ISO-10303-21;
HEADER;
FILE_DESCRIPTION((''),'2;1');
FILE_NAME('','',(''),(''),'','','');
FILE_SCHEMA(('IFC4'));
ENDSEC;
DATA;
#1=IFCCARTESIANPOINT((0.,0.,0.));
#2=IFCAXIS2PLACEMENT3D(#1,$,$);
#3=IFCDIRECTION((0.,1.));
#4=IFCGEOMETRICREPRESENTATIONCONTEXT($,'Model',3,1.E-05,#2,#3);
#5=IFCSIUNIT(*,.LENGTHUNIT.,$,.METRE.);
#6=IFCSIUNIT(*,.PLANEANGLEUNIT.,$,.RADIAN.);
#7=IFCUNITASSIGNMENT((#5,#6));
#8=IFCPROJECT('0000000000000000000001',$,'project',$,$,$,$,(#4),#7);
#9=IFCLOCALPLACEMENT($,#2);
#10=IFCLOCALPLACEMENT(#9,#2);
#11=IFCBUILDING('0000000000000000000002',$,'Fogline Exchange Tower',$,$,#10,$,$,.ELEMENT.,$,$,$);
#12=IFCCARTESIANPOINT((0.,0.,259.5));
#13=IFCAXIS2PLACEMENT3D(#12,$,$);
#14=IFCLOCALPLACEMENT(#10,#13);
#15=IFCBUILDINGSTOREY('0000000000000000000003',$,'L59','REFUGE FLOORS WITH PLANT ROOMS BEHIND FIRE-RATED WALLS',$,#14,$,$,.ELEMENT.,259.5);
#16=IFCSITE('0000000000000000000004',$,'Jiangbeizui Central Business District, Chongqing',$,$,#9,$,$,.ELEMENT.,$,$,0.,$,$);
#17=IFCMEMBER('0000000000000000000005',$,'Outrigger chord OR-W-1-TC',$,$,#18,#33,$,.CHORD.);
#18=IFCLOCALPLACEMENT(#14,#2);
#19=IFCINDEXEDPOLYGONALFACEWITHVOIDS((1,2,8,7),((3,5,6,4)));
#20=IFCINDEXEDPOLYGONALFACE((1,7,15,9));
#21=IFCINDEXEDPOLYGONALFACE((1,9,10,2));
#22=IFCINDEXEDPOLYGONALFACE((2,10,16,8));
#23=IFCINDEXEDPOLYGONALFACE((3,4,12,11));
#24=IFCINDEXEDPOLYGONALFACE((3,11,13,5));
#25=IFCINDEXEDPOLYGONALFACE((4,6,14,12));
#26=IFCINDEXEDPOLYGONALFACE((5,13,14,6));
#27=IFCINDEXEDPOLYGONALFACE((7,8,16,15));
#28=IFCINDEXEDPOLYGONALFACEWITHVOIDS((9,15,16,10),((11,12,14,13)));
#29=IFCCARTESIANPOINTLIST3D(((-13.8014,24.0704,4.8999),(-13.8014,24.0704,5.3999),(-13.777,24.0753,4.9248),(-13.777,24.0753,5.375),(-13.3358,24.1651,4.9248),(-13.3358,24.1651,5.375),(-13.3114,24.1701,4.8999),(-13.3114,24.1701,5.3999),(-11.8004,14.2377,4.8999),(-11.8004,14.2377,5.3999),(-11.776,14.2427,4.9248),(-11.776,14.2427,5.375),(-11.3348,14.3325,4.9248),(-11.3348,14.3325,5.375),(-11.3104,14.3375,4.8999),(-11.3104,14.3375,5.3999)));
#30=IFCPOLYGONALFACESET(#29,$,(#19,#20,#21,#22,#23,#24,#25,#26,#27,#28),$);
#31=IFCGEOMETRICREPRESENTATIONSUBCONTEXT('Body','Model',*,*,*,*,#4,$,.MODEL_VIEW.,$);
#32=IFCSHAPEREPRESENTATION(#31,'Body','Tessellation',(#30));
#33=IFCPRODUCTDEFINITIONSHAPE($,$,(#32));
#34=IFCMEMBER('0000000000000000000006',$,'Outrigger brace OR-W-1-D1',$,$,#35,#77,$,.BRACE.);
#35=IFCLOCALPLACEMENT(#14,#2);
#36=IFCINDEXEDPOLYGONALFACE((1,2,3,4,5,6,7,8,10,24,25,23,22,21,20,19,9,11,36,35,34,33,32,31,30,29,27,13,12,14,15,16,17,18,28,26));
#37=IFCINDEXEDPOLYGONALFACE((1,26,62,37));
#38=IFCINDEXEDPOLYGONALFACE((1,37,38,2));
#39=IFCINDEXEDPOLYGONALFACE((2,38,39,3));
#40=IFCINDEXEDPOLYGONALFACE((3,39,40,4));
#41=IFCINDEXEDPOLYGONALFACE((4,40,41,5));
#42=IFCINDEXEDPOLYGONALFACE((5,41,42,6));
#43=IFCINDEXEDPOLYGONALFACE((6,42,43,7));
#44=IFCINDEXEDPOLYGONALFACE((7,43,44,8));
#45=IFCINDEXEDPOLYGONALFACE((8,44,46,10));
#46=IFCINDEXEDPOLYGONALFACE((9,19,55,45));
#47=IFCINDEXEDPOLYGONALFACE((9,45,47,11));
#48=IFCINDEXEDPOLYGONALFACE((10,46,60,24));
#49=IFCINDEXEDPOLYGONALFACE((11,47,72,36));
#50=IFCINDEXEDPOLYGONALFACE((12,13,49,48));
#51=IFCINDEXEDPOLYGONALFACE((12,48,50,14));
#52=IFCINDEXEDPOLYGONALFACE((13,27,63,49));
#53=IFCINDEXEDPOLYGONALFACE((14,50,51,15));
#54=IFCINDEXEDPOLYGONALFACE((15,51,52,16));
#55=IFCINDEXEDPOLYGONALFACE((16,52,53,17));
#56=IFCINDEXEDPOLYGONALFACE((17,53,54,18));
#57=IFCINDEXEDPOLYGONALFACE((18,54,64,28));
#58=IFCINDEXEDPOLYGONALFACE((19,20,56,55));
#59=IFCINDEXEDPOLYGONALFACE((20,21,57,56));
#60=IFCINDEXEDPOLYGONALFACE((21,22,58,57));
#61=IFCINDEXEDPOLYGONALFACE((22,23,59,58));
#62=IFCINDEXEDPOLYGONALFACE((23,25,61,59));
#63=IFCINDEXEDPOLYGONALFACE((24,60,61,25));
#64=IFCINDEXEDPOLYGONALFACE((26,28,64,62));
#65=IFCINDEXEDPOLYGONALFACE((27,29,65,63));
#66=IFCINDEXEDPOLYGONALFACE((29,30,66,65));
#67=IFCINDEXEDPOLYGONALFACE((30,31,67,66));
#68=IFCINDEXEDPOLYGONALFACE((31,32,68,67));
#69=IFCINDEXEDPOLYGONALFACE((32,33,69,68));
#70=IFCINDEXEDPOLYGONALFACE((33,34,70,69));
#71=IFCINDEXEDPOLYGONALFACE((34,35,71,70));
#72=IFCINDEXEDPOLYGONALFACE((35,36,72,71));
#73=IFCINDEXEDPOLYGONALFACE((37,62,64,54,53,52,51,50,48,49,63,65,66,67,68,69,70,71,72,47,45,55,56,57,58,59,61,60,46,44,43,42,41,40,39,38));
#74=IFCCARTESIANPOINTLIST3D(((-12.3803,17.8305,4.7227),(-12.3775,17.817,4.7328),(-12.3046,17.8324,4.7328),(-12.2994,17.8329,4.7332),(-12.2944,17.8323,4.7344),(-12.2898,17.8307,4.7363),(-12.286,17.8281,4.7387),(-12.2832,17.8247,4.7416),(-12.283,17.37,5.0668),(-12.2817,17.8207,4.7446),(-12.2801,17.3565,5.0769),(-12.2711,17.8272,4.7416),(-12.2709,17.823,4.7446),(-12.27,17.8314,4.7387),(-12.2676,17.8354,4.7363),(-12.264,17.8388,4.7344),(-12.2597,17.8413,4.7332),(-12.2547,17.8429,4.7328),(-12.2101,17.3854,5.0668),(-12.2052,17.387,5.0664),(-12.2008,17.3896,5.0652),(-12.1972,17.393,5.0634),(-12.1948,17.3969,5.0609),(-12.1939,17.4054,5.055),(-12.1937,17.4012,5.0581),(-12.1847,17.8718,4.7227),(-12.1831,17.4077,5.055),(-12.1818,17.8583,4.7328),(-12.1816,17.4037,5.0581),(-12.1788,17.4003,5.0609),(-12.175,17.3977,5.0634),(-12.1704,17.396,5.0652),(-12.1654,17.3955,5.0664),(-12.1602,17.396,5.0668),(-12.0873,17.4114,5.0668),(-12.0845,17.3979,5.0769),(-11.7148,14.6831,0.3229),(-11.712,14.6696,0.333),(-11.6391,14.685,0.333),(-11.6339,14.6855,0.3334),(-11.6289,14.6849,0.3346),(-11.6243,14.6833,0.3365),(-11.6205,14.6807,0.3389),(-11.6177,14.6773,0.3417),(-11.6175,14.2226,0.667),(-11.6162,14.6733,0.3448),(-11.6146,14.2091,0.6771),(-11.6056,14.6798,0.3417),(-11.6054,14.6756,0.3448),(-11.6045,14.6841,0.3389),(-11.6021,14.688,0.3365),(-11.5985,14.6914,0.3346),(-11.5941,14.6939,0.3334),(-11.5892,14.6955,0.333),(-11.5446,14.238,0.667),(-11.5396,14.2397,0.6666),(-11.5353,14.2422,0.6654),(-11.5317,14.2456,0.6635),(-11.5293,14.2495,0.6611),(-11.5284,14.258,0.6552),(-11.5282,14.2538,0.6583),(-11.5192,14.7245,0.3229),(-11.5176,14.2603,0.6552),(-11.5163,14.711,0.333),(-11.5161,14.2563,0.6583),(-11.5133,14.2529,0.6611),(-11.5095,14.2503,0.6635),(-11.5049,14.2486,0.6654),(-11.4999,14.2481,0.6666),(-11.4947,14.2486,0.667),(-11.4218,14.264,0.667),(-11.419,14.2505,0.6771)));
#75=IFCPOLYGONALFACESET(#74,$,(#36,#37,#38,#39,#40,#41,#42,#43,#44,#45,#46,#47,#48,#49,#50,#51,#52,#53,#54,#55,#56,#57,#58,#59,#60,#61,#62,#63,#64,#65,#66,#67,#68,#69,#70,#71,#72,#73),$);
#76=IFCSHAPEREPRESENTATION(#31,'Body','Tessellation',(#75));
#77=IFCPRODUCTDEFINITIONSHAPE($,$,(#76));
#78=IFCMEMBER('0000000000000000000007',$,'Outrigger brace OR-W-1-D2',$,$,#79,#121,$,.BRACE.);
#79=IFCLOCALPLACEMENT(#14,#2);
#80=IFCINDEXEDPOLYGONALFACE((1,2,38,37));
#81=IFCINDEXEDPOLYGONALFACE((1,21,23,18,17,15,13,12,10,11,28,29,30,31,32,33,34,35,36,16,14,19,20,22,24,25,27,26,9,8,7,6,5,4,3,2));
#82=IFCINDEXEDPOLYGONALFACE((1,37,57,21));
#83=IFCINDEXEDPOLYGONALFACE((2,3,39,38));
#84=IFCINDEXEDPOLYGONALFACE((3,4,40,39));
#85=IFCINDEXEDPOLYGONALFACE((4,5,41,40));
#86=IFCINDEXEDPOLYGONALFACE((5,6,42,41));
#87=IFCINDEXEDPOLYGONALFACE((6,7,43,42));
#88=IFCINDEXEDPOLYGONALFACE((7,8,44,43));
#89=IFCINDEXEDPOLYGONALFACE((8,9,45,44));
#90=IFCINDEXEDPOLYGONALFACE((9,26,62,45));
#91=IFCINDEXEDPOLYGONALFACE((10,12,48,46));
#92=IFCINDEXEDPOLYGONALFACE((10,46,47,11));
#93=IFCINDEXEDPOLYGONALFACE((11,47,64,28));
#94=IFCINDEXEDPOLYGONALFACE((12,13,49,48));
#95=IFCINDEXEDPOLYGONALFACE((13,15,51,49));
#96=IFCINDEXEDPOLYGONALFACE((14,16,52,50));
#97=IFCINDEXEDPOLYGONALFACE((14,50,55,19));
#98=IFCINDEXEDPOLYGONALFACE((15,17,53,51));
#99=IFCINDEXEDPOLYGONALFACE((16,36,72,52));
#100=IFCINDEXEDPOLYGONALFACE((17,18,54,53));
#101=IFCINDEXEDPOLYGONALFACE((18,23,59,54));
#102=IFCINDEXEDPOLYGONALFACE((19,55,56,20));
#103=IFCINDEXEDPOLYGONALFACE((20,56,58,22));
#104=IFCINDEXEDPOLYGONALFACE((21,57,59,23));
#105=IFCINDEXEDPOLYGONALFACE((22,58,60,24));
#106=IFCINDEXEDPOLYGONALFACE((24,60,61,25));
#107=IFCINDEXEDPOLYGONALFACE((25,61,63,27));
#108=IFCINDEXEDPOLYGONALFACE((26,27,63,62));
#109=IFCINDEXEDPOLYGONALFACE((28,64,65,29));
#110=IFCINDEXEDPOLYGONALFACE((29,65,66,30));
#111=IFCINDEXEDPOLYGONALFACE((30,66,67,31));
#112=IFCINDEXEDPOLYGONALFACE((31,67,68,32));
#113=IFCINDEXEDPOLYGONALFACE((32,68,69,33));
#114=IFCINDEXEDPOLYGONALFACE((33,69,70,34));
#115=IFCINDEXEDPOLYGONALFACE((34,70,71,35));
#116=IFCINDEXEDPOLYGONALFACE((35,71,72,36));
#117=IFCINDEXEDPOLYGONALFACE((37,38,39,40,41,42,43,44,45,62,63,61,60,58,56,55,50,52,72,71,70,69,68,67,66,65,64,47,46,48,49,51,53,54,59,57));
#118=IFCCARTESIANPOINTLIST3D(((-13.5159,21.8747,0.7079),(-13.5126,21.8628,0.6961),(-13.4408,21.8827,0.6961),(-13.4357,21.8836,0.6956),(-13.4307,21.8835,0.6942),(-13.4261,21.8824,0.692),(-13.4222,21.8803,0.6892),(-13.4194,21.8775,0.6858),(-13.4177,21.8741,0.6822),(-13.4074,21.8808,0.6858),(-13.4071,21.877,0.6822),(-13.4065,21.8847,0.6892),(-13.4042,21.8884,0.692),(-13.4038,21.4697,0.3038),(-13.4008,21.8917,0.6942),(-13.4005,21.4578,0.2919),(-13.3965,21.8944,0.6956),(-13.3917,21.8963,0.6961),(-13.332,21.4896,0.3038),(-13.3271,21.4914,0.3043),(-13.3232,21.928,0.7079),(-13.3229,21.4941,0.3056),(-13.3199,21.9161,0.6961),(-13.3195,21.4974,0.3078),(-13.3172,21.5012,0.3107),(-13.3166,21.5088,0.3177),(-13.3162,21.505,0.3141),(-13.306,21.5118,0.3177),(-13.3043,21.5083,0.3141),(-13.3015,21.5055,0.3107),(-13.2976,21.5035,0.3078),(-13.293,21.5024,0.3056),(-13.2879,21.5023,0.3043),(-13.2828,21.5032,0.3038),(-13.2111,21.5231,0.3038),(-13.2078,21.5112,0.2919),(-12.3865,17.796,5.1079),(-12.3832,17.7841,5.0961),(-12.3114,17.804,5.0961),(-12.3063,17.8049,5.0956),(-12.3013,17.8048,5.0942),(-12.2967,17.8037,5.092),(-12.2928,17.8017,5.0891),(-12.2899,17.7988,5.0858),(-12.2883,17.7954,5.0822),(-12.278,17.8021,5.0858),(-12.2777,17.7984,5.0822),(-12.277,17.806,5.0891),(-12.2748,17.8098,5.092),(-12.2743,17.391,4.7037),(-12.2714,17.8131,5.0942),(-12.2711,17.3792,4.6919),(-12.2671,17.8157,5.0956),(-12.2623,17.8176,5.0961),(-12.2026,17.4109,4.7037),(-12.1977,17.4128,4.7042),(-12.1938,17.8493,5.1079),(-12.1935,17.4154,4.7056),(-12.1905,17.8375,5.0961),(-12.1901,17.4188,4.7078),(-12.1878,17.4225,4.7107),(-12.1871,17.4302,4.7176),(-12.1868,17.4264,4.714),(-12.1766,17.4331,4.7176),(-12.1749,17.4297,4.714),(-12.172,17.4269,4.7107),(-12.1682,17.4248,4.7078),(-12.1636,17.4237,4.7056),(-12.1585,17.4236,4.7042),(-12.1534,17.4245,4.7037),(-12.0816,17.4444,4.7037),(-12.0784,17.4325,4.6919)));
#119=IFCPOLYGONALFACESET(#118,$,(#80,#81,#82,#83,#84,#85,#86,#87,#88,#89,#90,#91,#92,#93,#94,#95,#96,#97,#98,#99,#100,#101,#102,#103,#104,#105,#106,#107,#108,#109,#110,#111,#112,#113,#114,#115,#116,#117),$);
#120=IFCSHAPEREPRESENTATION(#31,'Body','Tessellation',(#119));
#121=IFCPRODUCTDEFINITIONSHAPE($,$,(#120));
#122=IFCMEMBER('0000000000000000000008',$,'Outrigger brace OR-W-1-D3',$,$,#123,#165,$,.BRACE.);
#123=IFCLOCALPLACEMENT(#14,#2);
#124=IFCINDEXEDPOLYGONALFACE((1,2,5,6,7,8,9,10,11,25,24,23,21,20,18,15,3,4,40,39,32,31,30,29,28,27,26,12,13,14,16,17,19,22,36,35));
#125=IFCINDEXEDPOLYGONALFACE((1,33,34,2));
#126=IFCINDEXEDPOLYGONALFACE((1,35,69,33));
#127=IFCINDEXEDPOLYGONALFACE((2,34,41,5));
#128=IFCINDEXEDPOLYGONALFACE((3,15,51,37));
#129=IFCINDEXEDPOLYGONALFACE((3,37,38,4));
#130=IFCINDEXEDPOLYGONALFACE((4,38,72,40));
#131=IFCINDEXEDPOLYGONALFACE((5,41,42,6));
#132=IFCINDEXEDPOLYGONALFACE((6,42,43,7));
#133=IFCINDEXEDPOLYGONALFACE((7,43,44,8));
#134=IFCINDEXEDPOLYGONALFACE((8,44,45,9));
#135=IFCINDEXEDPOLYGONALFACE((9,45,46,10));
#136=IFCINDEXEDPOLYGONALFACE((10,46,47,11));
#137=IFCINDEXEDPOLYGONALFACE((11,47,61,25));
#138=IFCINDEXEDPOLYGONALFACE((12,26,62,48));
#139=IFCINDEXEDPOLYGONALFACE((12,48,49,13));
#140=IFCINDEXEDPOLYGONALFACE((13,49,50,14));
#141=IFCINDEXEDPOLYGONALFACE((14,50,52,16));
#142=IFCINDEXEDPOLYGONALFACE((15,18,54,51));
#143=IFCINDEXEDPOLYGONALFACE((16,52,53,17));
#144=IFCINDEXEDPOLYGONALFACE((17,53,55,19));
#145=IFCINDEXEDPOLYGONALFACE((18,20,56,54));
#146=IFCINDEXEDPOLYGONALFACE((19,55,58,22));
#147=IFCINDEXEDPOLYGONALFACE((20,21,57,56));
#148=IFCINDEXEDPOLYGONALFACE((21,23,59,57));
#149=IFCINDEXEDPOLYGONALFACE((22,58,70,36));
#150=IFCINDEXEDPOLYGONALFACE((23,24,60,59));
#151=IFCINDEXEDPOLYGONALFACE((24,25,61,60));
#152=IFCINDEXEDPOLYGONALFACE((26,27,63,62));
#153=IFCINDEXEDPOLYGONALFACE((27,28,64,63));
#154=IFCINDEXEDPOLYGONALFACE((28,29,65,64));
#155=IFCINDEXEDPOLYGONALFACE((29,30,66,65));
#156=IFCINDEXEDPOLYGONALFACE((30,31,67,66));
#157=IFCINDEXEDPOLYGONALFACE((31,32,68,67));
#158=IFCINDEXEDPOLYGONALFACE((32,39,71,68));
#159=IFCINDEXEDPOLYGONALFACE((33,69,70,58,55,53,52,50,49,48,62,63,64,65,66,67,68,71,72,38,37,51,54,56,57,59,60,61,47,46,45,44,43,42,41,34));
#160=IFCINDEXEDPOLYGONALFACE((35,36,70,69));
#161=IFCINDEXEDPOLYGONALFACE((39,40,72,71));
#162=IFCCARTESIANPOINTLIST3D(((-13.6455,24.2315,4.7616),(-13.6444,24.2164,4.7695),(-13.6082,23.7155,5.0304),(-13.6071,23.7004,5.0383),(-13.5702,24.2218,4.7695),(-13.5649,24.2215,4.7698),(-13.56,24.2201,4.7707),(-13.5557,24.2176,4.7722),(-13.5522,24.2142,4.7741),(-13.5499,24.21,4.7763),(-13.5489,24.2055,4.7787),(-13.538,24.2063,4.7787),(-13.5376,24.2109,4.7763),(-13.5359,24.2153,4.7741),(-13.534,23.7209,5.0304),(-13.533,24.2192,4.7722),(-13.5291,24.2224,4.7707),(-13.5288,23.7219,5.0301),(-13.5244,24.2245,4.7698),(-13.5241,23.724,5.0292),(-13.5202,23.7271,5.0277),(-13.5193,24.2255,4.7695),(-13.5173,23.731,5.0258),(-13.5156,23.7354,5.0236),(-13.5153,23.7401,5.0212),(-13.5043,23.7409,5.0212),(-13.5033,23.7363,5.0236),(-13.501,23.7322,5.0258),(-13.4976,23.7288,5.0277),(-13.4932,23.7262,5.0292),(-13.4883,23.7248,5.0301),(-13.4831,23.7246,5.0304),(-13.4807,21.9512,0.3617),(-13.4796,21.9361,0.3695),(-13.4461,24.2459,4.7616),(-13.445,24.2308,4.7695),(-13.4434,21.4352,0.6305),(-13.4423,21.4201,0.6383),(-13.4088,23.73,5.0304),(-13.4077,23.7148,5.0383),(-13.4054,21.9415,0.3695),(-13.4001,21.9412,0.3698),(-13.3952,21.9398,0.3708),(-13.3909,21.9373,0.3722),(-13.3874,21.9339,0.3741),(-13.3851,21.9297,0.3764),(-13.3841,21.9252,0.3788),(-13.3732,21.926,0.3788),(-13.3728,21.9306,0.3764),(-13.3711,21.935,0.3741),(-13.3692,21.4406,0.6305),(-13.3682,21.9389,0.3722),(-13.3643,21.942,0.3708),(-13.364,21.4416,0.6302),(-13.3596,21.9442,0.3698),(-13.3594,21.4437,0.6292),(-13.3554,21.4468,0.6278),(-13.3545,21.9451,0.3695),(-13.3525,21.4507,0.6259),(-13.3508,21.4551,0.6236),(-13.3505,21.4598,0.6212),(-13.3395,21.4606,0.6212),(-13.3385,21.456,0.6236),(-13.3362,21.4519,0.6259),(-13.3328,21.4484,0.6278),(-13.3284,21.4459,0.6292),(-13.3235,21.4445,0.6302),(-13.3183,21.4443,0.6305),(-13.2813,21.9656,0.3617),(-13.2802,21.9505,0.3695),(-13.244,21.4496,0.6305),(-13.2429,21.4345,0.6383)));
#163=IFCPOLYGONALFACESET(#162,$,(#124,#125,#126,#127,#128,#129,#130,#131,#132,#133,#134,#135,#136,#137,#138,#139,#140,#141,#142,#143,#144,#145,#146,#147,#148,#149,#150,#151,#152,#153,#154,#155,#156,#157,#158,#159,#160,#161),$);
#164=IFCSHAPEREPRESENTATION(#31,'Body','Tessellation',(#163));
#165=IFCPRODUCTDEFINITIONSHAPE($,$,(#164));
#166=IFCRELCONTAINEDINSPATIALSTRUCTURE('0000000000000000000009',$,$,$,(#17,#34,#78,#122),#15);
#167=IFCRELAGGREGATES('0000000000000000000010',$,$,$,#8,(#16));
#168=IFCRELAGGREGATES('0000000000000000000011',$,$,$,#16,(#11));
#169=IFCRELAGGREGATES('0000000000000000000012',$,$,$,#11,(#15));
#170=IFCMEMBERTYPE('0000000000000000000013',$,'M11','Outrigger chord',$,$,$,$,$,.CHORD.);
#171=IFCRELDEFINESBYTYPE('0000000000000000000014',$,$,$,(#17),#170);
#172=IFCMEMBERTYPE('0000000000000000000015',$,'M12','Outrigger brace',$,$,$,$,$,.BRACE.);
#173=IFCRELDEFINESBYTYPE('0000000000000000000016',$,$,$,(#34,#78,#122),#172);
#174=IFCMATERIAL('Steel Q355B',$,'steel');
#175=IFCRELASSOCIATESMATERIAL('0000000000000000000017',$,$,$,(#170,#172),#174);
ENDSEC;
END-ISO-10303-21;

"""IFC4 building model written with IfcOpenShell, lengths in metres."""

from ifc_helpers import new_model, si_unit, direction, frame, origin, origin_2d, place, context, subcontext, project, spatial, hollow_rectangle, i_section, extrude, material, material_profile, profile_set, type_object, element, save


model = new_model("IFC4")

# Units and contexts
model_context = context("Model", 3, precision=1e-05, world=origin(), true_north=direction((0.0, 1.0)))
body_context = subcontext(model_context, "Body", "Model", "MODEL_VIEW")
ifc_project = project(units=[si_unit("LENGTHUNIT", "METRE"), si_unit("PLANEANGLEUNIT", "RADIAN")], contexts=[model_context])

# Site, building, storey
site_placement = place(None, origin())
site = spatial("IfcSite", under=ifc_project, at=site_placement, Name="Jiangbeizui Central Business District, Chongqing", CompositionType="ELEMENT", RefElevation=0.0)
building_placement = place(site_placement, origin())
building = spatial("IfcBuilding", under=site, at=building_placement, Name="Fogline Exchange Tower", CompositionType="ELEMENT")
storey_placement = place(building_placement, frame((0.0, 0.0, 259.5)))
storey = spatial("IfcBuildingStorey", under=building, at=storey_placement, Name="L59", Description="REFUGE FLOORS WITH PLANT ROOMS BEHIND FIRE-RATED WALLS", CompositionType="ELEMENT", Elevation=259.5)

# Members
ifc_material_1 = material(Name="Steel Q355B", Category="steel")
ifc_material_profile_1 = material_profile(ifc_material_1, hollow_rectangle(XDim=0.5, YDim=0.5, WallThickness=0.0249, at=origin_2d()), Name="BOX500X500X25")
ifc_profile_set_1 = profile_set([ifc_material_profile_1], Name="Steel Q355B")
member_type_1 = type_object("IfcMemberType", Name="M11", Description="Outrigger chord", PredefinedType="CHORD", material=ifc_profile_set_1)
member_1_placement = place(storey_placement, frame((-11.5554, 14.2876, 5.1499), z_axis=(-0.199418, 0.979914, 0.0), x_axis=(-0.979914, -0.199418, 0.0)))
element("IfcMember", 1, at=member_1_placement, inside=storey, type_object=member_type_1, Name="Outrigger chord OR-W-1-TC", PredefinedType="CHORD", context=body_context, shape_type="SweptSolid", body=[
    extrude(hollow_rectangle(XDim=0.5, YDim=0.5, WallThickness=0.0249, at=origin_2d()), origin(), (0.0, 0.0, 1.0), 10.0342),
])
ifc_material_profile_2 = material_profile(ifc_material_1, i_section(OverallWidth=0.2, OverallDepth=0.6001, WebThickness=0.011, FlangeThickness=0.0171, FilletRadius=0.02, at=origin_2d()), Name="HN600X200X11X17")
ifc_profile_set_2 = profile_set([ifc_material_profile_2], Name="Steel Q355B")
member_type_2 = type_object("IfcMemberType", Name="M12", Description="Outrigger brace", PredefinedType="BRACE", material=ifc_profile_set_2)
member_2_placement = place(storey_placement, frame((-11.5669, 14.4668, 0.5), z_axis=(-0.122103, 0.577457, 0.807239), x_axis=(-0.978367, -0.206875, 0.0)))
element("IfcMember", 2, at=member_2_placement, inside=storey, type_object=member_type_2, Name="Outrigger brace OR-W-1-D1", PredefinedType="BRACE", context=body_context, shape_type="SweptSolid", body=[
    extrude(i_section(OverallWidth=0.2, OverallDepth=0.6001, WebThickness=0.011, FlangeThickness=0.0171, FilletRadius=0.02, at=origin_2d()), origin(), (0.0, 0.0, 1.0), 5.4504),
])
member_3_placement = place(storey_placement, frame((-12.2324, 17.6143, 4.8999), z_axis=(-0.184998, 0.668089, -0.720717), x_axis=(-0.963734, -0.266864, 0.0)))
element("IfcMember", 3, at=member_3_placement, inside=storey, type_object=member_type_2, Name="Outrigger brace OR-W-1-D2", PredefinedType="BRACE", context=body_context, shape_type="SweptSolid", body=[
    extrude(i_section(OverallWidth=0.2, OverallDepth=0.6001, WebThickness=0.011, FlangeThickness=0.0171, FilletRadius=0.02, at=origin_2d()), origin(), (0.0, 0.0, 1.0), 6.105),
])
member_4_placement = place(storey_placement, frame((-13.3618, 21.6929, 0.5), z_axis=(-0.033235, 0.459879, 0.887359), x_axis=(-0.997399, -0.072082, 0.0)))
element("IfcMember", 4, at=member_4_placement, inside=storey, type_object=member_type_2, Name="Outrigger brace OR-W-1-D3", PredefinedType="BRACE", context=body_context, shape_type="SweptSolid", body=[
    extrude(i_section(OverallWidth=0.2, OverallDepth=0.6001, WebThickness=0.011, FlangeThickness=0.0171, FilletRadius=0.02, at=origin_2d()), origin(), (0.0, 0.0, 1.0), 4.9585),
])

save(model, "model.ifc")
